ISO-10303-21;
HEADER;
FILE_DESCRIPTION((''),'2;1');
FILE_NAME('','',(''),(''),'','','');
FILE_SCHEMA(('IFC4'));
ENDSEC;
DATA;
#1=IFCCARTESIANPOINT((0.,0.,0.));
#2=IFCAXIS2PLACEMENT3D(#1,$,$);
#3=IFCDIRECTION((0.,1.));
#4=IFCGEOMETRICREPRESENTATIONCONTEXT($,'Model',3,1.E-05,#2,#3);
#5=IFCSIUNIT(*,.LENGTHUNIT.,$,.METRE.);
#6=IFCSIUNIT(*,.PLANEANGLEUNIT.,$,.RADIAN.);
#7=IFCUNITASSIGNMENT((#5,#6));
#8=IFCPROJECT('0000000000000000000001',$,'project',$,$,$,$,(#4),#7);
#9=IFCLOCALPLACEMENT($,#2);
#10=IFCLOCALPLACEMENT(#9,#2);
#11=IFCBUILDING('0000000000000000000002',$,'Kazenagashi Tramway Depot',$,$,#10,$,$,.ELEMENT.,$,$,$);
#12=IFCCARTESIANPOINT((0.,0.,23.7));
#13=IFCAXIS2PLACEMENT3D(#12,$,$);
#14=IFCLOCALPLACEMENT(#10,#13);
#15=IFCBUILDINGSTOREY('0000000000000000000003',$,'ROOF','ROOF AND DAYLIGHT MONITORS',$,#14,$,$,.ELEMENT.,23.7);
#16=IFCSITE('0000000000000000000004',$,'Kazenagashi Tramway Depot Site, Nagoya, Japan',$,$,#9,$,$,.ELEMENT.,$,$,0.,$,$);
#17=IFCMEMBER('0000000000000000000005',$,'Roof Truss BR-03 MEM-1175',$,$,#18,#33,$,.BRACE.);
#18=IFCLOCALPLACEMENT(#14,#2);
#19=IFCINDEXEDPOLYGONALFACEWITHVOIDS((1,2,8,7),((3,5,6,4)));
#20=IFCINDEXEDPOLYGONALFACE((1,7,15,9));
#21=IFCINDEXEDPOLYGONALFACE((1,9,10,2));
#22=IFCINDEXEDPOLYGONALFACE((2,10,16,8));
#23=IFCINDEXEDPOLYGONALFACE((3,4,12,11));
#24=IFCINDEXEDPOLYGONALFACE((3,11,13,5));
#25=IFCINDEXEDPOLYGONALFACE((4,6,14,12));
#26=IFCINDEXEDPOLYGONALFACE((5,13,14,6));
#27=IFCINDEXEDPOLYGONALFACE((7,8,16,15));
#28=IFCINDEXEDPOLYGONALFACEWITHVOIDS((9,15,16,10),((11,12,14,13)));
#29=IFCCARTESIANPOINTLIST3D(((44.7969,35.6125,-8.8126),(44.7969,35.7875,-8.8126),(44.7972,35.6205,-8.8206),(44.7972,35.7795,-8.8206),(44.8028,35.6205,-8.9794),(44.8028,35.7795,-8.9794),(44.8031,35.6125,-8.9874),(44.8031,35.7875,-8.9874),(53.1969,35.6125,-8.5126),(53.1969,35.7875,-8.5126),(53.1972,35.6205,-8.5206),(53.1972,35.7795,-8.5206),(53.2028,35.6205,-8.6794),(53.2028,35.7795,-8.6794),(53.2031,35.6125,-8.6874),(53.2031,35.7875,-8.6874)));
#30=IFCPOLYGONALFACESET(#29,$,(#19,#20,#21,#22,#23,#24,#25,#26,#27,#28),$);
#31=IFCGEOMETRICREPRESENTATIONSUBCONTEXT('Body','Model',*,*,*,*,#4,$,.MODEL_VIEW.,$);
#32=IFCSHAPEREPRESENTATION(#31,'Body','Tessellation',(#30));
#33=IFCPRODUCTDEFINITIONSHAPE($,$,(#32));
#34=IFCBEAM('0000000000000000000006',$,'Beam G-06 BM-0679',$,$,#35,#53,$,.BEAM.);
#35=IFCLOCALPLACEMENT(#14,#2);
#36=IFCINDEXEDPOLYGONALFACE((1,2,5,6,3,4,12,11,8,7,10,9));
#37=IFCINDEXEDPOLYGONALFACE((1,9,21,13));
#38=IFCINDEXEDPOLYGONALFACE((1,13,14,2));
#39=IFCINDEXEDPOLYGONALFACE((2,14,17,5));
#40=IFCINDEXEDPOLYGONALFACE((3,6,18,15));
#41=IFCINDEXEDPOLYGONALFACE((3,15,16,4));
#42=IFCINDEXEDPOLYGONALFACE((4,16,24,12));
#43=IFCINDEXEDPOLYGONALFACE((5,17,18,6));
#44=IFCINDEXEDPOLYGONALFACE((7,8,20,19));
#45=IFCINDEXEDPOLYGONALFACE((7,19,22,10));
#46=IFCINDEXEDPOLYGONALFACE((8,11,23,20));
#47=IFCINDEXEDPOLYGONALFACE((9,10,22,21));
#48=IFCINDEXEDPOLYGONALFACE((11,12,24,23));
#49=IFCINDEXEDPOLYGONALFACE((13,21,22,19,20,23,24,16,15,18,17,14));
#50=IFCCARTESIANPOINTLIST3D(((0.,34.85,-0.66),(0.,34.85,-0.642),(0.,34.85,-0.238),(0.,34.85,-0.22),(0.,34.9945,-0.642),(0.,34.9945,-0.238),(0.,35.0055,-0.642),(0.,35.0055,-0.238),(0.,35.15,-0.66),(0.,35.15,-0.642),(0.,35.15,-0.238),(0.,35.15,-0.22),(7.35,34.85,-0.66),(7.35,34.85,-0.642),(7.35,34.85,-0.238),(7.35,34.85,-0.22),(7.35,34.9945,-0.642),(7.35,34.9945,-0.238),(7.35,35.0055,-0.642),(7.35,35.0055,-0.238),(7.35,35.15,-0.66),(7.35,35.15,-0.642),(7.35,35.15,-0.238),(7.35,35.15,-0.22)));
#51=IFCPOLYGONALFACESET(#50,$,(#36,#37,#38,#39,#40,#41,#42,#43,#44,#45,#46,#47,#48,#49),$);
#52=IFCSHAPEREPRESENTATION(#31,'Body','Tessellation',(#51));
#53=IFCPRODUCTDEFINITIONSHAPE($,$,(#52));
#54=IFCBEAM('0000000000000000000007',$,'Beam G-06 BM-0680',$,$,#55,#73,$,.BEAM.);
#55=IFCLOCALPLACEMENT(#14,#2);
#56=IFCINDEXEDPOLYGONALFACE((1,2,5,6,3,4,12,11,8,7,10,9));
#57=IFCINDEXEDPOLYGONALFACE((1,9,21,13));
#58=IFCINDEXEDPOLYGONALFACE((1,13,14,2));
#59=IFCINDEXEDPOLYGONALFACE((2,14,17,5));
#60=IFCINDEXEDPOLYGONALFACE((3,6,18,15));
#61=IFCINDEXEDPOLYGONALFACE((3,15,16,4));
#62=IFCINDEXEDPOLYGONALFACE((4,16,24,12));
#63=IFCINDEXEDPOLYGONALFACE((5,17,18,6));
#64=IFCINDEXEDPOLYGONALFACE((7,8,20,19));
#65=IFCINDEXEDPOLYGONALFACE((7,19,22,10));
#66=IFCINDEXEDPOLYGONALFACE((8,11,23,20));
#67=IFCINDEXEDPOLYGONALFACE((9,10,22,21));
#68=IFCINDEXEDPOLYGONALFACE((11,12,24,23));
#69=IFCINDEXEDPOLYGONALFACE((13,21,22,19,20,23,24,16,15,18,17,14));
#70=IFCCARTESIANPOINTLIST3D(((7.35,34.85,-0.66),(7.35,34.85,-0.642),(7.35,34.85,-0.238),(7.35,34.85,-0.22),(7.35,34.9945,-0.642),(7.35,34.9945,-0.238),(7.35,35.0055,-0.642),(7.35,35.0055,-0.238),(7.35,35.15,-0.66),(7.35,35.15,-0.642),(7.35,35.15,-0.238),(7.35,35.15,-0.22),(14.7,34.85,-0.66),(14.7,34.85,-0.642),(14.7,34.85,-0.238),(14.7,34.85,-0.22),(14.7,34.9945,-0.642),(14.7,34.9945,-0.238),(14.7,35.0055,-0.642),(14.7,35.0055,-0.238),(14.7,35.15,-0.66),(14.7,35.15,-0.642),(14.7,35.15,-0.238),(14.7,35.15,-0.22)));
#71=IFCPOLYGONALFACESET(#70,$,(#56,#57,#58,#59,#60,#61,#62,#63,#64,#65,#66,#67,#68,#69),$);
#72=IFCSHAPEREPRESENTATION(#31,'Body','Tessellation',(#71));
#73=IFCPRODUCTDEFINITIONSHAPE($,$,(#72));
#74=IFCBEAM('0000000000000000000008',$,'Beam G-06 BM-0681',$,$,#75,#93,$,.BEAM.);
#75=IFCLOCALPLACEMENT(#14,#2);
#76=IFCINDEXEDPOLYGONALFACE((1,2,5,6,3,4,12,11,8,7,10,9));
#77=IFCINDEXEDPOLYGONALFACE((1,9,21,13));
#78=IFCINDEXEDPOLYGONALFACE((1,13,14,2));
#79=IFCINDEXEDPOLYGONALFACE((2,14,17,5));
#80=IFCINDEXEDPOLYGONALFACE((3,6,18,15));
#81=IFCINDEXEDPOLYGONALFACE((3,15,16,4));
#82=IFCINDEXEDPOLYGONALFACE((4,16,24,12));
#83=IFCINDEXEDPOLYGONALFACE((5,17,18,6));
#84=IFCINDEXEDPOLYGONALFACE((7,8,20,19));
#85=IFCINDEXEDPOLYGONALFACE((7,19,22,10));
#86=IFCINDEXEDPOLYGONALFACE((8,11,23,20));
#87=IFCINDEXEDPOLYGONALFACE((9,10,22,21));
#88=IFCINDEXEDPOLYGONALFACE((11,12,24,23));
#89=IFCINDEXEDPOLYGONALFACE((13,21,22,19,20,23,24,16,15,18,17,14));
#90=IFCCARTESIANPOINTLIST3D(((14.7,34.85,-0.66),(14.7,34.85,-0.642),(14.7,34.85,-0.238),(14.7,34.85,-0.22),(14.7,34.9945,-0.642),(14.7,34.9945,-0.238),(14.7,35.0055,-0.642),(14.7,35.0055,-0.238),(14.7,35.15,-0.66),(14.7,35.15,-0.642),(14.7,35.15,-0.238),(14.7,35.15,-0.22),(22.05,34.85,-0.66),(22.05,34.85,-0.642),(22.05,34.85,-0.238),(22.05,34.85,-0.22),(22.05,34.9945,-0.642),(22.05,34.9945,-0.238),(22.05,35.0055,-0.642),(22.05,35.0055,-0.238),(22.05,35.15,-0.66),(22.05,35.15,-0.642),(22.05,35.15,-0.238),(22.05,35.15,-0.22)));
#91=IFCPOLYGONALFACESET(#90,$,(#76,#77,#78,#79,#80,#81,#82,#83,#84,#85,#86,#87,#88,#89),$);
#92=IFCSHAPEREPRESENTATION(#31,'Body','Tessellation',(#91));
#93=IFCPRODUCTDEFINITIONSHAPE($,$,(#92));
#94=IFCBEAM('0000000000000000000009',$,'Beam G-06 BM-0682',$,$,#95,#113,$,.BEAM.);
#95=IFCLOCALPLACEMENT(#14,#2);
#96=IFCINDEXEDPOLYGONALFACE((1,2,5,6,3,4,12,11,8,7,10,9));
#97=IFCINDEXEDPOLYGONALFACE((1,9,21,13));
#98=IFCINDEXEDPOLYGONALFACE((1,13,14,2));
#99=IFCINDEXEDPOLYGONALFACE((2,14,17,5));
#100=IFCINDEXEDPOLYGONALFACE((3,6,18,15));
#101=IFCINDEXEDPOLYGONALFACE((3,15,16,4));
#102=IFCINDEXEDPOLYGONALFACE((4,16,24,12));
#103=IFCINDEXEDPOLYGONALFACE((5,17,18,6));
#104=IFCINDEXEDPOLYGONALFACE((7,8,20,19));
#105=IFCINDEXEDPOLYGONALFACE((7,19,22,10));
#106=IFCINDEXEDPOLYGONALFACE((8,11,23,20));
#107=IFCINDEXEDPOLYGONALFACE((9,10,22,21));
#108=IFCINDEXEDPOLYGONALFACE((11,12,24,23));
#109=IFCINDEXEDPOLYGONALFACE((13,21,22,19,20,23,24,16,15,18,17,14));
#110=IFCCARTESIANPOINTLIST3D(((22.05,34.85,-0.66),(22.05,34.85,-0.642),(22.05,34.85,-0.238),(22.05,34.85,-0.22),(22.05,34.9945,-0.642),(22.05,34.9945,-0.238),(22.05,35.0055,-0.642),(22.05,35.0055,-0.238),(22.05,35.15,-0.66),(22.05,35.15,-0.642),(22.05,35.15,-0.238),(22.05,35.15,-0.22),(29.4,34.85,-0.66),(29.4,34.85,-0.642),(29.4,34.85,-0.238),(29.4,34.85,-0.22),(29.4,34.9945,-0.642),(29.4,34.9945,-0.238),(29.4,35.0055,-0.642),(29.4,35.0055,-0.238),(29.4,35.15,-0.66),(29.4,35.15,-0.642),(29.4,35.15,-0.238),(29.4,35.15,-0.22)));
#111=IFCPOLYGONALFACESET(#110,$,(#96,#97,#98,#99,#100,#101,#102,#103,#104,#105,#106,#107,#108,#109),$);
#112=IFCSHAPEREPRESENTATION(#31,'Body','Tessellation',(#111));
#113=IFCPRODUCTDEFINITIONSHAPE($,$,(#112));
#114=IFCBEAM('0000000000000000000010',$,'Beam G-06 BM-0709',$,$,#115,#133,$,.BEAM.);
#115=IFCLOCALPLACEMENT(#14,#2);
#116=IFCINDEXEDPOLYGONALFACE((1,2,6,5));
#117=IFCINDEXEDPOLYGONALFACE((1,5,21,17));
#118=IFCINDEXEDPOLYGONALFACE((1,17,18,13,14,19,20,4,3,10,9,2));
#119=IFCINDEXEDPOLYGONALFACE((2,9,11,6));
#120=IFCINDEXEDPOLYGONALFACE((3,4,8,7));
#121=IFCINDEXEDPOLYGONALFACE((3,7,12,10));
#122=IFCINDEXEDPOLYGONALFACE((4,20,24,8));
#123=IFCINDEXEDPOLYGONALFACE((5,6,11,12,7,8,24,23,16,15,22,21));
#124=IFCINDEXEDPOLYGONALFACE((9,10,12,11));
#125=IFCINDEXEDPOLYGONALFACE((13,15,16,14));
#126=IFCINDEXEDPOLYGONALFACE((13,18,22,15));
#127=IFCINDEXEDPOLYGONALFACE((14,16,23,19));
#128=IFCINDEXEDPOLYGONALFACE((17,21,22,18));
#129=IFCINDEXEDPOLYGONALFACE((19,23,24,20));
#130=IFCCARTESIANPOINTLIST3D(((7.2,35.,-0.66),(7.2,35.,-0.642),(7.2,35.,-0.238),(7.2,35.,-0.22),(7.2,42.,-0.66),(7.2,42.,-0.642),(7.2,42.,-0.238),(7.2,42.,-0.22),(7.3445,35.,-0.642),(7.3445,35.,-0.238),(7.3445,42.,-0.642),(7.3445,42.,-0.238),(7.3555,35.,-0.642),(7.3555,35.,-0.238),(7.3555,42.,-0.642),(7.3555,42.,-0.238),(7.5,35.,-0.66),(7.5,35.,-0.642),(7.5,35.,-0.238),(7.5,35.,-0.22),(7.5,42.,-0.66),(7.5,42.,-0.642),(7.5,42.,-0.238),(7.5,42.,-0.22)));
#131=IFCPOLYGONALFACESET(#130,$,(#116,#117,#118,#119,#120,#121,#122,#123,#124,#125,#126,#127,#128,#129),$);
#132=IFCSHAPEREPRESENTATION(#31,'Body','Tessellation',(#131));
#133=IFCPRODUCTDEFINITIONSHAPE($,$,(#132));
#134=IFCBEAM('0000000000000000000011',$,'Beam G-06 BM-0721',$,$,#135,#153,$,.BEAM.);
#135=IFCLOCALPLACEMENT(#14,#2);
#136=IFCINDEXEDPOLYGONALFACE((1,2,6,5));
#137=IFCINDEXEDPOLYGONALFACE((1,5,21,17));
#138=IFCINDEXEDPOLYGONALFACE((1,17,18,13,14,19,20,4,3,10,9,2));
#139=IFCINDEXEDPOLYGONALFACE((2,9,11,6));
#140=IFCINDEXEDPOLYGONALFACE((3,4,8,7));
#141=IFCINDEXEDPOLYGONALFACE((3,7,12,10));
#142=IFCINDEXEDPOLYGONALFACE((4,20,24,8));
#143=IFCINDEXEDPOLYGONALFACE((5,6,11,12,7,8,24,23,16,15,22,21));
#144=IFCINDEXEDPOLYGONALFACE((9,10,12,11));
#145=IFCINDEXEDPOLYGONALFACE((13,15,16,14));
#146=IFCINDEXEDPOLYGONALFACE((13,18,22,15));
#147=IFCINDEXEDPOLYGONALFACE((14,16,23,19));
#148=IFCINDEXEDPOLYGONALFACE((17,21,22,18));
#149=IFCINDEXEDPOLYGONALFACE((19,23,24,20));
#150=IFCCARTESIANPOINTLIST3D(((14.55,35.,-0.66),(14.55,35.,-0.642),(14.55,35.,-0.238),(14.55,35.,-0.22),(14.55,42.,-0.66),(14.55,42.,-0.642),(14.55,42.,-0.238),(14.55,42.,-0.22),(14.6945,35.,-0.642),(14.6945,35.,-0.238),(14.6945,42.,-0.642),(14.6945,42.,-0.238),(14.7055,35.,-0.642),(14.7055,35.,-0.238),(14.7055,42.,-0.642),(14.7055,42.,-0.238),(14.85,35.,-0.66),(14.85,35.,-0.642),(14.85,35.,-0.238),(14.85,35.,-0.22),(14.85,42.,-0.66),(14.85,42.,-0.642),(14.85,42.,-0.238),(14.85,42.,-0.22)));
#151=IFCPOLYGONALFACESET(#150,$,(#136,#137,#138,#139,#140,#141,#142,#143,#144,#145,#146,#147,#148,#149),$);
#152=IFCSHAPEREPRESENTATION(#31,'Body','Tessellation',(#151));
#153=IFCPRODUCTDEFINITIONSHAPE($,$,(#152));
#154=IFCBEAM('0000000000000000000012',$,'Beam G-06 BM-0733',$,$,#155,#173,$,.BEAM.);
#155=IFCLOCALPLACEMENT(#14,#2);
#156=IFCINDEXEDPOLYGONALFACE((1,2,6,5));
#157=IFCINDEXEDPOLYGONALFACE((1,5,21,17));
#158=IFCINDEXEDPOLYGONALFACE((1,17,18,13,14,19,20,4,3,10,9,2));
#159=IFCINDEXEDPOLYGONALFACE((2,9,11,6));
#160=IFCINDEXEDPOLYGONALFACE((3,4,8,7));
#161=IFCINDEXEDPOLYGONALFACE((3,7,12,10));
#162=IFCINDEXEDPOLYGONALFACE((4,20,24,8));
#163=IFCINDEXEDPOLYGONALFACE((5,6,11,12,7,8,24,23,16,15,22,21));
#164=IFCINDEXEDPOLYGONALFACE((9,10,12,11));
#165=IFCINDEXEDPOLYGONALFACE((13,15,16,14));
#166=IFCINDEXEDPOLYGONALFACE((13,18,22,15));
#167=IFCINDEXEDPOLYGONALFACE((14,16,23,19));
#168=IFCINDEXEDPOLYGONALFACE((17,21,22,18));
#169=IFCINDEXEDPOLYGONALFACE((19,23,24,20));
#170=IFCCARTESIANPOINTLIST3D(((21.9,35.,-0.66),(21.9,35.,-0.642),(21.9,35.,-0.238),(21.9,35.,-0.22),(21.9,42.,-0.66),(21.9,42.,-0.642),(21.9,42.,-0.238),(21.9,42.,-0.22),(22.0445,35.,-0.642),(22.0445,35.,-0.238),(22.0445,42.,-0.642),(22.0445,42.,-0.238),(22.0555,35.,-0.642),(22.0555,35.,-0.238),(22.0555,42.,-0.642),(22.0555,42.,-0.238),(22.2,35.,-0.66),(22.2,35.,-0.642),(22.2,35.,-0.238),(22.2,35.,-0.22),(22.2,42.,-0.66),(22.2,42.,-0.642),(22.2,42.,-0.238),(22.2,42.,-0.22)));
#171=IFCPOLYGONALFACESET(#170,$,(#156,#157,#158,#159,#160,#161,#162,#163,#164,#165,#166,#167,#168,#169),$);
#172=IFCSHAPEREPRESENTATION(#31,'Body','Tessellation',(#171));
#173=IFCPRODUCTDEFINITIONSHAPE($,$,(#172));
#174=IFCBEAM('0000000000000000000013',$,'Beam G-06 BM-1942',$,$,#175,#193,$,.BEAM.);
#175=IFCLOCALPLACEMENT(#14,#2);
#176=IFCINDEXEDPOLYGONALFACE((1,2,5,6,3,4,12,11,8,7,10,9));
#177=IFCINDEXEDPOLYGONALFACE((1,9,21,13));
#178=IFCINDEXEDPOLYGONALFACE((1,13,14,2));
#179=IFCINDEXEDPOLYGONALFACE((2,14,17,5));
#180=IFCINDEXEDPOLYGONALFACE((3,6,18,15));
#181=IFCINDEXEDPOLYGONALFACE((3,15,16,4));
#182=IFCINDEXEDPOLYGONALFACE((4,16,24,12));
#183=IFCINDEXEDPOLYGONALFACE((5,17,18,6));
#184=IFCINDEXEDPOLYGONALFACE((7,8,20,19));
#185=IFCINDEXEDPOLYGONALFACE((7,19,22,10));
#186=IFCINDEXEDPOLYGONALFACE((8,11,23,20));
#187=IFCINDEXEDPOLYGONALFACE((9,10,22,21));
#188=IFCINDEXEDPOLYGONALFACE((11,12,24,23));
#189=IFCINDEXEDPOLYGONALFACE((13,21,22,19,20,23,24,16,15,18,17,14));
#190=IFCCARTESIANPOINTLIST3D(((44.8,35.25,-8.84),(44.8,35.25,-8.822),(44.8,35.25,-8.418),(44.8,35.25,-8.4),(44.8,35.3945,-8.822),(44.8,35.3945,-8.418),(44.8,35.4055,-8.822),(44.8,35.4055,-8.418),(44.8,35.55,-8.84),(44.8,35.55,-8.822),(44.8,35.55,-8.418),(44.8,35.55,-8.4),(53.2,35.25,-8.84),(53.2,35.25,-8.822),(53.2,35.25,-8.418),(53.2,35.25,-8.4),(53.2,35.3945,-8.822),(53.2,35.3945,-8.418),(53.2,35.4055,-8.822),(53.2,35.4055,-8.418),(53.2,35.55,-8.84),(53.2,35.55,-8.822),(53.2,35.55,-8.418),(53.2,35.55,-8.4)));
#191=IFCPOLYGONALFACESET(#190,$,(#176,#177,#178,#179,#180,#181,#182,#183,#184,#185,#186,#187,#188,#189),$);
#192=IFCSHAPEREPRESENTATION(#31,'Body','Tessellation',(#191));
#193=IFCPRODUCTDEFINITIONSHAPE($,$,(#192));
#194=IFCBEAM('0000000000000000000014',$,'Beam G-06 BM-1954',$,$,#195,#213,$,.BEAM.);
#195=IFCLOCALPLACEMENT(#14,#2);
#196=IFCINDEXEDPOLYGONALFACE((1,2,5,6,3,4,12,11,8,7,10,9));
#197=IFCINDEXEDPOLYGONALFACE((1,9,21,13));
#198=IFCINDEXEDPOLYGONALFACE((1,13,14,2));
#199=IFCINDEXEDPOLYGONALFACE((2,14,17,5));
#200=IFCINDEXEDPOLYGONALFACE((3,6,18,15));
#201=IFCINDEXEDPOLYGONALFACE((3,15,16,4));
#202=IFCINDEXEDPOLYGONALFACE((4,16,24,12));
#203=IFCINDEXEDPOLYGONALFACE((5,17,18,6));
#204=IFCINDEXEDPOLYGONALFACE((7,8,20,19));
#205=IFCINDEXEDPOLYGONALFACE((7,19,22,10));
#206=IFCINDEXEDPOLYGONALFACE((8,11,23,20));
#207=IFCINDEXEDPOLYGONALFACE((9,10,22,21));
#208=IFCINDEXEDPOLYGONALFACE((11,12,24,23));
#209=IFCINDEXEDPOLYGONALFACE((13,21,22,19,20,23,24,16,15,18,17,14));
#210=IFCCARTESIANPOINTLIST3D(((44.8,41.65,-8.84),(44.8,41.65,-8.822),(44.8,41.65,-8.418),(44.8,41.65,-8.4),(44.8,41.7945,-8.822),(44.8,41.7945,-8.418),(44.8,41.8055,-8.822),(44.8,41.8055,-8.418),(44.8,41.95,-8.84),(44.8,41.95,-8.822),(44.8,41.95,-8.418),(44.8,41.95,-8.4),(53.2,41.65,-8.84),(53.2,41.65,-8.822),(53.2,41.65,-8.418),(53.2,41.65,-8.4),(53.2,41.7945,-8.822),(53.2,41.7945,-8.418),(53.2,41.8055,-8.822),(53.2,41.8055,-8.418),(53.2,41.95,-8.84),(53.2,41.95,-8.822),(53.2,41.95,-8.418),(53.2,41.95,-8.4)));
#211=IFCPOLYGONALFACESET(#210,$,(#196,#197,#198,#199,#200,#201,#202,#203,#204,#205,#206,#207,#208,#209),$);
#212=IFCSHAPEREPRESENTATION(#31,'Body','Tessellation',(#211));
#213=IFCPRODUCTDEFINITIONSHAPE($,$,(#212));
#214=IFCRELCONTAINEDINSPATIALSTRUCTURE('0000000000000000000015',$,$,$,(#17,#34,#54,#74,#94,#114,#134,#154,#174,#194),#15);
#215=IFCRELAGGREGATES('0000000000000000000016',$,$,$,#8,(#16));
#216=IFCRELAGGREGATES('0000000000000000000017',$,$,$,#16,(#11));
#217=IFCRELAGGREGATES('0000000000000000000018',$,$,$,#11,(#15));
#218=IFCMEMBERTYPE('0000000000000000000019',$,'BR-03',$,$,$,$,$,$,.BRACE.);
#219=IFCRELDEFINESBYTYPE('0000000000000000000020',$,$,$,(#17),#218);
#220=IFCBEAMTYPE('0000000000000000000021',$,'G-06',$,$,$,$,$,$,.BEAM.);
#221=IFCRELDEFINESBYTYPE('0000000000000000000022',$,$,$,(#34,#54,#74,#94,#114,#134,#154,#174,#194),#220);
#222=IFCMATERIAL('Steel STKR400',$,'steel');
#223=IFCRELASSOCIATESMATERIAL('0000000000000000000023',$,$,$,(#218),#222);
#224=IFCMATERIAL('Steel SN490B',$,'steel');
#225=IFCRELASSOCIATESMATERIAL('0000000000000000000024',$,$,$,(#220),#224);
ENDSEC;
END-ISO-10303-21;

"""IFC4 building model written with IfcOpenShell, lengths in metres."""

from ifc_helpers import new_model, si_unit, direction, frame, origin, origin_2d, place, context, subcontext, project, spatial, hollow_rectangle, i_section, extrude, material, material_profile, profile_set, type_object, element, save


model = new_model("IFC4")

# Units and contexts
model_context = context("Model", 3, precision=1e-05, world=origin(), true_north=direction((0.0, 1.0)))
body_context = subcontext(model_context, "Body", "Model", "MODEL_VIEW")
ifc_project = project(units=[si_unit("LENGTHUNIT", "METRE"), si_unit("PLANEANGLEUNIT", "RADIAN")], contexts=[model_context])

# Site, building, storey
site_placement = place(None, origin())
site = spatial("IfcSite", under=ifc_project, at=site_placement, Name="Kazenagashi Tramway Depot Site, Nagoya, Japan", CompositionType="ELEMENT", RefElevation=0.0)
building_placement = place(site_placement, origin())
building = spatial("IfcBuilding", under=site, at=building_placement, Name="Kazenagashi Tramway Depot", CompositionType="ELEMENT")
storey_placement = place(building_placement, frame((0.0, 0.0, 23.7)))
storey = spatial("IfcBuildingStorey", under=building, at=storey_placement, Name="ROOF", Description="ROOF AND DAYLIGHT MONITORS", CompositionType="ELEMENT", Elevation=23.7)

# Member
ifc_material_1 = material(Name="Steel STKR400", Category="steel")
ifc_material_profile_1 = material_profile(ifc_material_1, hollow_rectangle(XDim=0.175, YDim=0.175, WallThickness=0.008, at=origin_2d()), Name="SHS-175x175x8")
ifc_profile_set_1 = profile_set([ifc_material_profile_1], Name="Steel STKR400")
member_type_1 = type_object("IfcMemberType", Name="BR-03", PredefinedType="BRACE", material=ifc_profile_set_1)
member_1_placement = place(storey_placement, frame((44.8, 35.7, -8.9), z_axis=(0.999363, 0.0, 0.035692), x_axis=(0.0, 1.0, 0.0)))
element("IfcMember", 1, at=member_1_placement, inside=storey, type_object=member_type_1, Name="Roof Truss BR-03 MEM-1175", PredefinedType="BRACE", context=body_context, shape_type="SweptSolid", body=[
    extrude(hollow_rectangle(XDim=0.175, YDim=0.175, WallThickness=0.008, at=origin_2d()), origin(), (0.0, 0.0, 1.0), 8.4054),
])

# Beams
ifc_material_2 = material(Name="Steel SN490B", Category="steel")
ifc_material_profile_2 = material_profile(ifc_material_2, i_section(OverallWidth=0.3, OverallDepth=0.44, WebThickness=0.011, FlangeThickness=0.018, at=origin_2d()), Name="H-440x300x11x18")
ifc_profile_set_2 = profile_set([ifc_material_profile_2], Name="Steel SN490B")
beam_type_1 = type_object("IfcBeamType", Name="G-06", PredefinedType="BEAM", material=ifc_profile_set_2)
for number, where, z_axis, x_axis, name in (
    (2, (0.0, 35.0, -0.44), (1.0, 0.0, 0.0), (0.0, 1.0, 0.0), "Beam G-06 BM-0679"),
    (3, (7.35, 35.0, -0.44), (1.0, 0.0, 0.0), (0.0, 1.0, 0.0), "Beam G-06 BM-0680"),
    (4, (14.7, 35.0, -0.44), (1.0, 0.0, 0.0), (0.0, 1.0, 0.0), "Beam G-06 BM-0681"),
    (5, (22.05, 35.0, -0.44), (1.0, 0.0, 0.0), (0.0, 1.0, 0.0), "Beam G-06 BM-0682"),
):
    element("IfcBeam", number, at=place(storey_placement, frame(where, z_axis=z_axis, x_axis=x_axis)), inside=storey, type_object=beam_type_1, Name=name, PredefinedType="BEAM", context=body_context, shape_type="SweptSolid", body=[
        extrude(i_section(OverallWidth=0.3, OverallDepth=0.44, WebThickness=0.011, FlangeThickness=0.018, at=origin_2d()), origin(), (0.0, 0.0, 1.0), 7.35),
    ])
for number, where, z_axis, x_axis, name in (
    (6, (7.35, 35.0, -0.44), (0.0, 1.0, 0.0), (-1.0, 0.0, 0.0), "Beam G-06 BM-0709"),
    (7, (14.7, 35.0, -0.44), (0.0, 1.0, 0.0), (-1.0, 0.0, 0.0), "Beam G-06 BM-0721"),
    (8, (22.05, 35.0, -0.44), (0.0, 1.0, 0.0), (-1.0, 0.0, 0.0), "Beam G-06 BM-0733"),
):
    element("IfcBeam", number, at=place(storey_placement, frame(where, z_axis=z_axis, x_axis=x_axis)), inside=storey, type_object=beam_type_1, Name=name, PredefinedType="BEAM", context=body_context, shape_type="SweptSolid", body=[
        extrude(i_section(OverallWidth=0.3, OverallDepth=0.44, WebThickness=0.011, FlangeThickness=0.018, at=origin_2d()), origin(), (0.0, 0.0, 1.0), 7.0),
    ])
for number, where, z_axis, x_axis, name in (
    (9, (44.8, 35.4, -8.62), (1.0, 0.0, 0.0), (0.0, 1.0, 0.0), "Beam G-06 BM-1942"),
    (10, (44.8, 41.8, -8.62), (1.0, 0.0, 0.0), (0.0, 1.0, 0.0), "Beam G-06 BM-1954"),
):
    element("IfcBeam", number, at=place(storey_placement, frame(where, z_axis=z_axis, x_axis=x_axis)), inside=storey, type_object=beam_type_1, Name=name, PredefinedType="BEAM", context=body_context, shape_type="SweptSolid", body=[
        extrude(i_section(OverallWidth=0.3, OverallDepth=0.44, WebThickness=0.011, FlangeThickness=0.018, at=origin_2d()), origin(), (0.0, 0.0, 1.0), 8.4),
    ])

save(model, "model.ifc")
